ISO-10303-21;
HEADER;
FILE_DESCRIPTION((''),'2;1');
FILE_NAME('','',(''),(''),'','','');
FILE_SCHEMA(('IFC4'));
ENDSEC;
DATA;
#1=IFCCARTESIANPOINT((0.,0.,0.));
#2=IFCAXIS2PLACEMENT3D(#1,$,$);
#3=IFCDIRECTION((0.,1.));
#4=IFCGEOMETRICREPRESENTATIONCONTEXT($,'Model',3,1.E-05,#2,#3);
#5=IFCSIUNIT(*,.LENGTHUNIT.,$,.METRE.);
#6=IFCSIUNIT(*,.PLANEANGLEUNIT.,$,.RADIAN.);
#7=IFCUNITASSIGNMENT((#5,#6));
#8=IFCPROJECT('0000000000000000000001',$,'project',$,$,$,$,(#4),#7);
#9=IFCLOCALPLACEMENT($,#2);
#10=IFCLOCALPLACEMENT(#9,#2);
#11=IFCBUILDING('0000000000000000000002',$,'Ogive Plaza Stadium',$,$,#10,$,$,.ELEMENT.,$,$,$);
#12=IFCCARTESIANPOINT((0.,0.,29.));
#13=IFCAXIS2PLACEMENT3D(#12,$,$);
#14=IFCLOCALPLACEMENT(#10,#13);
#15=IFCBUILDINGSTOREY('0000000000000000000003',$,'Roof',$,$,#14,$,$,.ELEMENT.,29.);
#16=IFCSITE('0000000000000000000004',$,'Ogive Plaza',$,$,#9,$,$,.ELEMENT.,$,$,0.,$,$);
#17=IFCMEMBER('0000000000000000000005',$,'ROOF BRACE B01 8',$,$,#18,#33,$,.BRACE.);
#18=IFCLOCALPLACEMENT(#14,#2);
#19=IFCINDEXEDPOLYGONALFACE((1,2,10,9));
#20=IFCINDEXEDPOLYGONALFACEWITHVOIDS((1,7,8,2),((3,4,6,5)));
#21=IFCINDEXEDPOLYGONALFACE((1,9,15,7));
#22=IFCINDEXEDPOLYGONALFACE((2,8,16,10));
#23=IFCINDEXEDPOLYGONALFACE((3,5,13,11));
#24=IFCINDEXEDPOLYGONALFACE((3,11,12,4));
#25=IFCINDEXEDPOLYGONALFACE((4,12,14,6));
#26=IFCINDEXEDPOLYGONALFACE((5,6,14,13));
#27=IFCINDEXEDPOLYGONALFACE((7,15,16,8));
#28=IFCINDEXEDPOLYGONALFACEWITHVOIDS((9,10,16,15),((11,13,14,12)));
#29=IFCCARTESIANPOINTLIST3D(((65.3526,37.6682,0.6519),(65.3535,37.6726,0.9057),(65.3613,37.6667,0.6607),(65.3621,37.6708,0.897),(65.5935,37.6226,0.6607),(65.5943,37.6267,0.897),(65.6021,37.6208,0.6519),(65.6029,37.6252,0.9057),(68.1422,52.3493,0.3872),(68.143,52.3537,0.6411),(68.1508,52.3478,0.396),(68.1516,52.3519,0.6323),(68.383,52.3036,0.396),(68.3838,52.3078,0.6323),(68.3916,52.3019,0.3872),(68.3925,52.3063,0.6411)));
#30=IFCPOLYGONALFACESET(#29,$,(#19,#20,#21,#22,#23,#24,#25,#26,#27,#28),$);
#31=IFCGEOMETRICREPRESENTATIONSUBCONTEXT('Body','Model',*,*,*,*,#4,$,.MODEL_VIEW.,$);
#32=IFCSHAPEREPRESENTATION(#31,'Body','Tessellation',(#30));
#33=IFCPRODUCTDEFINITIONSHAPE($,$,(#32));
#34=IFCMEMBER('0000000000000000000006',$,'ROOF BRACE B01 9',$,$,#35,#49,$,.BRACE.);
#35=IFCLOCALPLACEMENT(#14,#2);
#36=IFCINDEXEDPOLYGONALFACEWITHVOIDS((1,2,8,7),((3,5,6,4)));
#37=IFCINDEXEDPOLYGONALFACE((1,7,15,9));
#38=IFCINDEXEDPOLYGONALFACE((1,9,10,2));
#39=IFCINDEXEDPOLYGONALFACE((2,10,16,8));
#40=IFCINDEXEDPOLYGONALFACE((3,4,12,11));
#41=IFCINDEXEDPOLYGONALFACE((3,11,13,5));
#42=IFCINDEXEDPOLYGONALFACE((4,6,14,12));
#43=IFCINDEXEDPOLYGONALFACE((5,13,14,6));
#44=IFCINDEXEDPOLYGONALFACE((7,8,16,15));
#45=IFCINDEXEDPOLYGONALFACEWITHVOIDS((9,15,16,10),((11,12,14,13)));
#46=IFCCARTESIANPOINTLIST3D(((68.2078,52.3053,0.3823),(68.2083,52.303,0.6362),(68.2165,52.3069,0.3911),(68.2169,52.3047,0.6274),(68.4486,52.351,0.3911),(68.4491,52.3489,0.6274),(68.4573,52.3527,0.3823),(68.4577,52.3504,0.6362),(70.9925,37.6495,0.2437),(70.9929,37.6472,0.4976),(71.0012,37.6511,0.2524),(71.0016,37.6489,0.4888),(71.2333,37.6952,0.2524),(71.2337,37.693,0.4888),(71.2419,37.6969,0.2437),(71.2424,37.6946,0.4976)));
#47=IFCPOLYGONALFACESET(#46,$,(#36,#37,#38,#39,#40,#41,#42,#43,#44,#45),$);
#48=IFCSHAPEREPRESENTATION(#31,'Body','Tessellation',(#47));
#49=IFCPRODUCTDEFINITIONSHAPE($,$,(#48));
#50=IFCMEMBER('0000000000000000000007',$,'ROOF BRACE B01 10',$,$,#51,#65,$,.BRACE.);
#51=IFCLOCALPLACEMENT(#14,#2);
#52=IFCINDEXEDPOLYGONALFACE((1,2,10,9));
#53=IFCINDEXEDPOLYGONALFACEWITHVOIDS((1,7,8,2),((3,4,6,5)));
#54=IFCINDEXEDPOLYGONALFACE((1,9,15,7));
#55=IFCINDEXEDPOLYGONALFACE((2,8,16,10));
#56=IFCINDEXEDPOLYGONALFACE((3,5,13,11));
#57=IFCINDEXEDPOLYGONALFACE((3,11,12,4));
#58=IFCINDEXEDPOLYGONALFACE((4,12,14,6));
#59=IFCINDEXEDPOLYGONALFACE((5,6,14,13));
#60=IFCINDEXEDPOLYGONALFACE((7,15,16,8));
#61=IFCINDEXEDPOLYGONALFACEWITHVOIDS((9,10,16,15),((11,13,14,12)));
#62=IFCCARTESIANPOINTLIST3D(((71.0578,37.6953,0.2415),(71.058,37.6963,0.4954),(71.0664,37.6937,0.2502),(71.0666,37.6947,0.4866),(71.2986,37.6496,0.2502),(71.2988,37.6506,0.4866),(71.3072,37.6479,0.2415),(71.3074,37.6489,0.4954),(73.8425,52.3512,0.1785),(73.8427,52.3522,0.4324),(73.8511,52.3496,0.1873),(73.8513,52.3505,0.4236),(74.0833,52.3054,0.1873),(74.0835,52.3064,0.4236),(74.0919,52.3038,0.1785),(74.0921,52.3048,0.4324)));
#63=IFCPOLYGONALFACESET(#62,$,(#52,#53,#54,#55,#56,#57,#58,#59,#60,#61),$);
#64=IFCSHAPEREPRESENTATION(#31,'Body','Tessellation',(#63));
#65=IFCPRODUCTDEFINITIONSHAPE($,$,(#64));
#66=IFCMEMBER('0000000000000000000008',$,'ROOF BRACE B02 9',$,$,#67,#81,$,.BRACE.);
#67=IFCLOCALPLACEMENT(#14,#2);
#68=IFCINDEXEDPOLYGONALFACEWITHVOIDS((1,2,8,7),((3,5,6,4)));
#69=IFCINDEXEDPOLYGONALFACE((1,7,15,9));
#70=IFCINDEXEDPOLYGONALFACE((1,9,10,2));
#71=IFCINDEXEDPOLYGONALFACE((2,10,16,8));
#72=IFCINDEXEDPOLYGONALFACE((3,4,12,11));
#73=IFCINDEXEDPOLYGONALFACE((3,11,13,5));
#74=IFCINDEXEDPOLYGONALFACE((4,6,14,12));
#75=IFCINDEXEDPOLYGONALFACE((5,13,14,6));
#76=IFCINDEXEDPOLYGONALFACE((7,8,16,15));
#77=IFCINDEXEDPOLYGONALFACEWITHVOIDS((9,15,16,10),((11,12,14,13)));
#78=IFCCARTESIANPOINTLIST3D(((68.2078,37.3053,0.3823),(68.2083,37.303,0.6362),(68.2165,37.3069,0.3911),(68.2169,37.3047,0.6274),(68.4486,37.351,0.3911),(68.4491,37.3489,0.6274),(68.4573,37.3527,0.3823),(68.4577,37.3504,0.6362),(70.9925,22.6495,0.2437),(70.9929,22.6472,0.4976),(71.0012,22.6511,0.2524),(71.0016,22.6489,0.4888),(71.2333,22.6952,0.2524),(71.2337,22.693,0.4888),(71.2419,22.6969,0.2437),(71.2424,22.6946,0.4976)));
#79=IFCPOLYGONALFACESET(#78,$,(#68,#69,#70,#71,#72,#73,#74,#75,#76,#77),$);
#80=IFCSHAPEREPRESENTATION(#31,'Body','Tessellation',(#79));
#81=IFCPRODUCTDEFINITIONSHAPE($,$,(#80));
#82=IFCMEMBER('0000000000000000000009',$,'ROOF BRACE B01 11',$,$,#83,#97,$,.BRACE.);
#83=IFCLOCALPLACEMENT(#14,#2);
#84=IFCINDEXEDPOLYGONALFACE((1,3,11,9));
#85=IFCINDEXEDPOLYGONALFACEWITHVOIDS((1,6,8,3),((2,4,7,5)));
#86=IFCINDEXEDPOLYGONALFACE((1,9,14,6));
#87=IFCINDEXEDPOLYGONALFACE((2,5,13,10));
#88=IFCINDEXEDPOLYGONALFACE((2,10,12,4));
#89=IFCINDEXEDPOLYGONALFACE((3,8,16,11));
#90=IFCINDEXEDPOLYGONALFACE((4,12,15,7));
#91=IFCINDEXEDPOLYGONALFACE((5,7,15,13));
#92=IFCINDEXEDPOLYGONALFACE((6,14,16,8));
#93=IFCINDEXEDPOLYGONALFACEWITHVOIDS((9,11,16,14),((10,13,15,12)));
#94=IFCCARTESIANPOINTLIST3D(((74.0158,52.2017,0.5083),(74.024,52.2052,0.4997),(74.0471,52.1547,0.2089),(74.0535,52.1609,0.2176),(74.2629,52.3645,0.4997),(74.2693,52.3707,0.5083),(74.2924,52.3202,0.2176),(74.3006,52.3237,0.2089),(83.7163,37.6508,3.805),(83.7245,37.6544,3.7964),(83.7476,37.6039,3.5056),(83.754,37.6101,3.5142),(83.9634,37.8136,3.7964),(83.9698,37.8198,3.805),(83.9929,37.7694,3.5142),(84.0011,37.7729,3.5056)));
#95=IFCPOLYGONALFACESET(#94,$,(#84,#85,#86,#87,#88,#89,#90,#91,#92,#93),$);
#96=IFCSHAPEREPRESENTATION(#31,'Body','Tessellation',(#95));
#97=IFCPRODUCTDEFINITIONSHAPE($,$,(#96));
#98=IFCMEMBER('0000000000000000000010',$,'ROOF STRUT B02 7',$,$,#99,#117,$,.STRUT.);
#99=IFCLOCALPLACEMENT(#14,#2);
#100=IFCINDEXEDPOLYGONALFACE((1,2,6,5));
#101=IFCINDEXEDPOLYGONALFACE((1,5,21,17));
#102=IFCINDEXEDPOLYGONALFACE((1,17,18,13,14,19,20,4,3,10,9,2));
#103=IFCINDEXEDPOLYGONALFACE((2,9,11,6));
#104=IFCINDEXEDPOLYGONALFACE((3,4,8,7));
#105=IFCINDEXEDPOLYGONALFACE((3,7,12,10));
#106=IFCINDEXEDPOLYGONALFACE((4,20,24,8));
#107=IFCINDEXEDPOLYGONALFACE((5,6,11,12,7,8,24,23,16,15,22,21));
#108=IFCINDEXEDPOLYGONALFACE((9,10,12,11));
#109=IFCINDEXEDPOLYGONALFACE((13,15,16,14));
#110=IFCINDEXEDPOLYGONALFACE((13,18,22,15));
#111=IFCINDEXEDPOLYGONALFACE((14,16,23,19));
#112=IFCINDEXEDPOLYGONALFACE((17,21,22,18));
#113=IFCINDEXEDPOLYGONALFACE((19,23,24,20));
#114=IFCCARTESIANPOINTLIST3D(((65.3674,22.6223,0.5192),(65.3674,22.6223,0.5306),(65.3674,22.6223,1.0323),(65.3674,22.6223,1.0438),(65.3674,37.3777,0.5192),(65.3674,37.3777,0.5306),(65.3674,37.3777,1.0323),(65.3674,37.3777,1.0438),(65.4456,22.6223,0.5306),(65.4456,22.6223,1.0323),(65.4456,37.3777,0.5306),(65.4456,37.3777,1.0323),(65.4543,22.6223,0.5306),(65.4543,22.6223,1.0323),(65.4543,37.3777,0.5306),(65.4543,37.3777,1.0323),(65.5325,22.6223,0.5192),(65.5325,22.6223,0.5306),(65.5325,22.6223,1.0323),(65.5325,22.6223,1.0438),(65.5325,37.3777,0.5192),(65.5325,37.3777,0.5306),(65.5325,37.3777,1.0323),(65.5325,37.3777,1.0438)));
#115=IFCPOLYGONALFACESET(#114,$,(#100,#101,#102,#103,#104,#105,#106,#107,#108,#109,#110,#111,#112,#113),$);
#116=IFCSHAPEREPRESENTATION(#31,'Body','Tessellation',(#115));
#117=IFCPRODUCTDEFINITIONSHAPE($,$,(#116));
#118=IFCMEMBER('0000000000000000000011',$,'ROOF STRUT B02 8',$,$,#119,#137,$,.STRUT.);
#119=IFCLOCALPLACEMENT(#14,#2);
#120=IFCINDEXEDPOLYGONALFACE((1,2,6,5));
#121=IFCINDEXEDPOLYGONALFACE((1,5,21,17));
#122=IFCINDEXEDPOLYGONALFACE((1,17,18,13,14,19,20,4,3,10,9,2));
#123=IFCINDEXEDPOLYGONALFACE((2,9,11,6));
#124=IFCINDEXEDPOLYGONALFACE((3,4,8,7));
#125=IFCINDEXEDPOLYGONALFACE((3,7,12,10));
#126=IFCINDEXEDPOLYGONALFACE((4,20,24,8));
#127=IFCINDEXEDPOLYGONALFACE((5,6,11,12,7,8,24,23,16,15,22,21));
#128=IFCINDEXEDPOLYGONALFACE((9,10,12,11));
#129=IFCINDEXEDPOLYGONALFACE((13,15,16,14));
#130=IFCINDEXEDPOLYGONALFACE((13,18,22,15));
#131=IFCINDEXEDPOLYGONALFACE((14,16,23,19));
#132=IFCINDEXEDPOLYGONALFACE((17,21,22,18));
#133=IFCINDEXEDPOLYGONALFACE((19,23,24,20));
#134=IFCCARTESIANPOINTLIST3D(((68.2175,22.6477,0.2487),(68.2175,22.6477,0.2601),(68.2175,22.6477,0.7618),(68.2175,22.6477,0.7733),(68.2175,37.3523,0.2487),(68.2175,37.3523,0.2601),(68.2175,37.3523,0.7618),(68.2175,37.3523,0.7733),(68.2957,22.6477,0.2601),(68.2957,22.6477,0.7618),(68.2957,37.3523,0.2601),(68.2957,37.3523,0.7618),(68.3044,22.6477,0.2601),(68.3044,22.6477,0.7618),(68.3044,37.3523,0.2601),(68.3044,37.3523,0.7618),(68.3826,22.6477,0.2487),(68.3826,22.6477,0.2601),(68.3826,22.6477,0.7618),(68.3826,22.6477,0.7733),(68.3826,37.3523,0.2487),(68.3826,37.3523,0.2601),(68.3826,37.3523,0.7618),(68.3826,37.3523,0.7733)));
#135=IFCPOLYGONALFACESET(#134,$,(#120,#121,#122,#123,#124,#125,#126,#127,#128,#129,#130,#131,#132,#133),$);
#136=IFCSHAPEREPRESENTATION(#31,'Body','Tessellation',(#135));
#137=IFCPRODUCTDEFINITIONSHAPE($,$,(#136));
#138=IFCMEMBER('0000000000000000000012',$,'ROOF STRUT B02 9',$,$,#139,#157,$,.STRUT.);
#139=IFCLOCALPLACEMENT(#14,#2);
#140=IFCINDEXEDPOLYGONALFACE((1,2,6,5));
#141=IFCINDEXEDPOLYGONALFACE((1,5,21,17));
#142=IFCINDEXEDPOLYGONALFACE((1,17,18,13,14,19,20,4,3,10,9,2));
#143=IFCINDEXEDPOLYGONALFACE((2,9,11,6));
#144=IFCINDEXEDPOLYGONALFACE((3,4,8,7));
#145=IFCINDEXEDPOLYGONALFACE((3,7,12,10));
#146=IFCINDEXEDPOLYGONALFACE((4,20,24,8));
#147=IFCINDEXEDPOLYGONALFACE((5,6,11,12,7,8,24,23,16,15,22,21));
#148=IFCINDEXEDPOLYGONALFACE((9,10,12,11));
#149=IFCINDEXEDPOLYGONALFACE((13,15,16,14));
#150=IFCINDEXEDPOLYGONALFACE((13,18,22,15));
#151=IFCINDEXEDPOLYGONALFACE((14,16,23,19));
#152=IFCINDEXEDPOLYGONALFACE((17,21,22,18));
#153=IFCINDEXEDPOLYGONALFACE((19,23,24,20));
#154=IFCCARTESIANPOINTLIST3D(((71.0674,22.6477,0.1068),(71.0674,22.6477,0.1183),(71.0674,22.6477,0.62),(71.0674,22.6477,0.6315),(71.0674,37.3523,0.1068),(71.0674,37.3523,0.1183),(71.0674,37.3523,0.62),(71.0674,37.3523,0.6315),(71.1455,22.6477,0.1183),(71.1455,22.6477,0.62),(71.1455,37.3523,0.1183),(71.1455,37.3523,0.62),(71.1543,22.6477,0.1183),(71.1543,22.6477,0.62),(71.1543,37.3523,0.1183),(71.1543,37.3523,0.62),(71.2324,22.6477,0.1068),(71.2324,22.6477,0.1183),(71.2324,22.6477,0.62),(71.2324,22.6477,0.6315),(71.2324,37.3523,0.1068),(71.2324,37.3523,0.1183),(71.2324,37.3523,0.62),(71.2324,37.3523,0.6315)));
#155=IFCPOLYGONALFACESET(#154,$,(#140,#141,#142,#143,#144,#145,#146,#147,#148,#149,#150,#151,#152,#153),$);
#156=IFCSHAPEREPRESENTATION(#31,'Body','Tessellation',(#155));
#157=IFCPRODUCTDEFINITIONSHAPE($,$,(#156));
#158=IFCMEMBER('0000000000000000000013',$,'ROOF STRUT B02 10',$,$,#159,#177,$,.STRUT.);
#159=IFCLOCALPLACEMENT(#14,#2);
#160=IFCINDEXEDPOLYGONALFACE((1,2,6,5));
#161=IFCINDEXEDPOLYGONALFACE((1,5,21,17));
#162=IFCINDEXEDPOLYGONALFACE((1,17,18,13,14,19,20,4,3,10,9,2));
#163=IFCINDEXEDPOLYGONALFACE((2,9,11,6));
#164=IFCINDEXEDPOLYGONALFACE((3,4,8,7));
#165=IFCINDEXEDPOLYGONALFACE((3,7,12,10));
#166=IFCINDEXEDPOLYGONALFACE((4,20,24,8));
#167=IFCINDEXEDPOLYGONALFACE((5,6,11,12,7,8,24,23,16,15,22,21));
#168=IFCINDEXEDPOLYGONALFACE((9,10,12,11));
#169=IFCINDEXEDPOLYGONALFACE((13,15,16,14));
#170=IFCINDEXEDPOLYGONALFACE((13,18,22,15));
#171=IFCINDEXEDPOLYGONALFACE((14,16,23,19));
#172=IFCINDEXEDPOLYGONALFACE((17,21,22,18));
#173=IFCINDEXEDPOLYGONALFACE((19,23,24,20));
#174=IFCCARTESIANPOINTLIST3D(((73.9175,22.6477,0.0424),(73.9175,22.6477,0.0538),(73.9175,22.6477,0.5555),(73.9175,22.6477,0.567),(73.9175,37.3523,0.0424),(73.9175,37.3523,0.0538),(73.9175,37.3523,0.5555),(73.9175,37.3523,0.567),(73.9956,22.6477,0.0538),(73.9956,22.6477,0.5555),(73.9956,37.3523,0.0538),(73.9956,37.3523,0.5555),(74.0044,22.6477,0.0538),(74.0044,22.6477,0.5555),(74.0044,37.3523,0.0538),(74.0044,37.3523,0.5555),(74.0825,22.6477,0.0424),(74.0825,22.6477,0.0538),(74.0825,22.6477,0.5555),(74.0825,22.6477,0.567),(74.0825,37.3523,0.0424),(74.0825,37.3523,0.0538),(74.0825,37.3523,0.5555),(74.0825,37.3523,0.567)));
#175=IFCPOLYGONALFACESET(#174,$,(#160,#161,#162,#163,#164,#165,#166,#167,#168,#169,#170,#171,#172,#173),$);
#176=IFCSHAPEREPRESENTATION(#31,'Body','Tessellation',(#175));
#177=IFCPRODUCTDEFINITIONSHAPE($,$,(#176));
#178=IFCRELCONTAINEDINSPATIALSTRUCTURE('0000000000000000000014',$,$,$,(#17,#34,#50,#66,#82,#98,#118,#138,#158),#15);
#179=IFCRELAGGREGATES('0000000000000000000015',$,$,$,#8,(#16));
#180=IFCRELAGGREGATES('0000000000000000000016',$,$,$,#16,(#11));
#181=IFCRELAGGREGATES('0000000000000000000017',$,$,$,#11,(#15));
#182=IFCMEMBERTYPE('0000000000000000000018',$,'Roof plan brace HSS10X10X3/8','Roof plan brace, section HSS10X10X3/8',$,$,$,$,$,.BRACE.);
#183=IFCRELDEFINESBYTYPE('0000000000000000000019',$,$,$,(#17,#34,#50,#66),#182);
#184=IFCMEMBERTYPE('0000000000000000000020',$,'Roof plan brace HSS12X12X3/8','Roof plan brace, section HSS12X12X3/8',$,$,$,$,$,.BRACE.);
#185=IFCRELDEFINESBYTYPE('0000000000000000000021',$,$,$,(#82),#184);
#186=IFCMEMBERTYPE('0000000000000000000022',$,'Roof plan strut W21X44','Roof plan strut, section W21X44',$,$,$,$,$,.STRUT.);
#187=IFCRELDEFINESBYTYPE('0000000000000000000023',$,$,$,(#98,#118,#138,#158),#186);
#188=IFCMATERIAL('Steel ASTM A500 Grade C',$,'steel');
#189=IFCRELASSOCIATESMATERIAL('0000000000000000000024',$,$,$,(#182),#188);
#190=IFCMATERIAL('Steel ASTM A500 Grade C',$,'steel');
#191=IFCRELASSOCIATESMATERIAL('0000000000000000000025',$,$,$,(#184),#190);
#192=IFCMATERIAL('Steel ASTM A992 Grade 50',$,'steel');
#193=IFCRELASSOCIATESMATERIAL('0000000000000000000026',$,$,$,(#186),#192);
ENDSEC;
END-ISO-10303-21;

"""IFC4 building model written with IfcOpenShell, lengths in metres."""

from ifc_helpers import new_model, si_unit, direction, frame, origin, origin_2d, place, context, subcontext, project, spatial, hollow_rectangle, i_section, extrude, material, material_profile, profile_set, type_object, element, save


model = new_model("IFC4")

# Units and contexts
model_context = context("Model", 3, precision=1e-05, world=origin(), true_north=direction((0.0, 1.0)))
body_context = subcontext(model_context, "Body", "Model", "MODEL_VIEW")
ifc_project = project(units=[si_unit("LENGTHUNIT", "METRE"), si_unit("PLANEANGLEUNIT", "RADIAN")], contexts=[model_context])

# Site, building, storey
site_placement = place(None, origin())
site = spatial("IfcSite", under=ifc_project, at=site_placement, Name="Ogive Plaza", CompositionType="ELEMENT", RefElevation=0.0)
building_placement = place(site_placement, origin())
building = spatial("IfcBuilding", under=site, at=building_placement, Name="Ogive Plaza Stadium", CompositionType="ELEMENT")
storey_placement = place(building_placement, frame((0.0, 0.0, 29.0)))
storey = spatial("IfcBuildingStorey", under=building, at=storey_placement, Name="Roof", CompositionType="ELEMENT", Elevation=29.0)

# Members
ifc_material_1 = material(Name="Steel ASTM A500 Grade C", Category="steel")
ifc_material_profile_1 = material_profile(ifc_material_1, hollow_rectangle(XDim=0.2539, YDim=0.2539, WallThickness=0.0088, at=origin_2d()), Name="HSS10X10X3/8")
ifc_profile_set_1 = profile_set([ifc_material_profile_1], Name="Steel ASTM A500 Grade C")
member_type_1 = type_object("IfcMemberType", Name="Roof plan brace HSS10X10X3/8", Description="Roof plan brace, section HSS10X10X3/8", PredefinedType="BRACE", material=ifc_profile_set_1)
member_1_placement = place(storey_placement, frame((65.4778, 37.6467, 0.7788), z_axis=(0.18664, 0.982269, -0.017707), x_axis=(-0.982423, 0.186669, 0.0)))
element("IfcMember", 1, at=member_1_placement, inside=storey, type_object=member_type_1, Name="ROOF BRACE B01 8", PredefinedType="BRACE", context=body_context, shape_type="SweptSolid", body=[
    extrude(hollow_rectangle(XDim=0.2539, YDim=0.2539, WallThickness=0.0088, at=origin_2d()), origin(), (0.0, 0.0, 1.0), 14.946),
])
member_2_placement = place(storey_placement, frame((68.3328, 52.3279, 0.5093), z_axis=(0.186657, -0.982381, -0.009295), x_axis=(0.982424, 0.186665, 0.0)))
element("IfcMember", 2, at=member_2_placement, inside=storey, type_object=member_type_1, Name="ROOF BRACE B01 9", PredefinedType="BRACE", context=body_context, shape_type="SweptSolid", body=[
    extrude(hollow_rectangle(XDim=0.2539, YDim=0.2539, WallThickness=0.0088, at=origin_2d()), origin(), (0.0, 0.0, 1.0), 14.9187),
])
member_3_placement = place(storey_placement, frame((71.1826, 37.6721, 0.3684), z_axis=(0.186664, 0.982415, -0.004222), x_axis=(-0.982424, 0.186665, 0.0)))
element("IfcMember", 3, at=member_3_placement, inside=storey, type_object=member_type_1, Name="ROOF BRACE B01 10", PredefinedType="BRACE", context=body_context, shape_type="SweptSolid", body=[
    extrude(hollow_rectangle(XDim=0.2539, YDim=0.2539, WallThickness=0.0088, at=origin_2d()), origin(), (0.0, 0.0, 1.0), 14.9182),
])
member_4_placement = place(storey_placement, frame((68.3328, 37.3279, 0.5093), z_axis=(0.186657, -0.982381, -0.009295), x_axis=(0.982424, 0.186665, 0.0)))
element("IfcMember", 4, at=member_4_placement, inside=storey, type_object=member_type_1, Name="ROOF BRACE B02 9", PredefinedType="BRACE", context=body_context, shape_type="SweptSolid", body=[
    extrude(hollow_rectangle(XDim=0.2539, YDim=0.2539, WallThickness=0.0088, at=origin_2d()), origin(), (0.0, 0.0, 1.0), 14.9187),
])
ifc_material_2 = material(Name="Steel ASTM A500 Grade C", Category="steel")
ifc_material_profile_2 = material_profile(ifc_material_2, hollow_rectangle(XDim=0.3047, YDim=0.3047, WallThickness=0.0088, at=origin_2d()), Name="HSS12X12X3/8")
ifc_profile_set_2 = profile_set([ifc_material_profile_2], Name="Steel ASTM A500 Grade C")
member_type_2 = type_object("IfcMemberType", Name="Roof plan brace HSS12X12X3/8", Description="Roof plan brace, section HSS12X12X3/8", PredefinedType="BRACE", material=ifc_profile_set_2)
member_5_placement = place(storey_placement, frame((74.1582, 52.2627, 0.3586), z_axis=(0.545096, -0.817651, 0.185247), x_axis=(0.832052, 0.554697, 0.0)))
element("IfcMember", 5, at=member_5_placement, inside=storey, type_object=member_type_2, Name="ROOF BRACE B01 11", PredefinedType="BRACE", context=body_context, shape_type="SweptSolid", body=[
    extrude(hollow_rectangle(XDim=0.3047, YDim=0.3047, WallThickness=0.0088, at=origin_2d()), origin(), (0.0, 0.0, 1.0), 17.7959),
])
ifc_material_3 = material(Name="Steel ASTM A992 Grade 50", Category="steel")
ifc_material_profile_3 = material_profile(ifc_material_3, i_section(OverallWidth=0.165, OverallDepth=0.5247, WebThickness=0.0088, FlangeThickness=0.0115, at=origin_2d()), Name="W21X44")
ifc_profile_set_3 = profile_set([ifc_material_profile_3], Name="Steel ASTM A992 Grade 50")
member_type_3 = type_object("IfcMemberType", Name="Roof plan strut W21X44", Description="Roof plan strut, section W21X44", PredefinedType="STRUT", material=ifc_profile_set_3)
member_6_placement = place(storey_placement, frame((65.45, 37.3777, 0.7815), z_axis=(0.0, -1.0, 0.0), x_axis=(1.0, 0.0, 0.0)))
element("IfcMember", 6, at=member_6_placement, inside=storey, type_object=member_type_3, Name="ROOF STRUT B02 7", PredefinedType="STRUT", context=body_context, shape_type="SweptSolid", body=[
    extrude(i_section(OverallWidth=0.165, OverallDepth=0.5247, WebThickness=0.0088, FlangeThickness=0.0115, at=origin_2d()), origin(), (0.0, 0.0, 1.0), 14.7554),
])
for number, where, z_axis, x_axis, name in (
    (7, (68.3, 37.3523, 0.511), (0.0, -1.0, 0.0), (1.0, 0.0, 0.0), "ROOF STRUT B02 8"),
    (8, (71.1499, 37.3523, 0.3691), (0.0, -1.0, 0.0), (1.0, 0.0, 0.0), "ROOF STRUT B02 9"),
    (9, (74.0, 37.3523, 0.3047), (0.0, -1.0, 0.0), (1.0, 0.0, 0.0), "ROOF STRUT B02 10"),
):
    element("IfcMember", number, at=place(storey_placement, frame(where, z_axis=z_axis, x_axis=x_axis)), inside=storey, type_object=member_type_3, Name=name, PredefinedType="STRUT", context=body_context, shape_type="SweptSolid", body=[
        extrude(i_section(OverallWidth=0.165, OverallDepth=0.5247, WebThickness=0.0088, FlangeThickness=0.0115, at=origin_2d()), origin(), (0.0, 0.0, 1.0), 14.7046),
    ])

save(model, "model.ifc")
